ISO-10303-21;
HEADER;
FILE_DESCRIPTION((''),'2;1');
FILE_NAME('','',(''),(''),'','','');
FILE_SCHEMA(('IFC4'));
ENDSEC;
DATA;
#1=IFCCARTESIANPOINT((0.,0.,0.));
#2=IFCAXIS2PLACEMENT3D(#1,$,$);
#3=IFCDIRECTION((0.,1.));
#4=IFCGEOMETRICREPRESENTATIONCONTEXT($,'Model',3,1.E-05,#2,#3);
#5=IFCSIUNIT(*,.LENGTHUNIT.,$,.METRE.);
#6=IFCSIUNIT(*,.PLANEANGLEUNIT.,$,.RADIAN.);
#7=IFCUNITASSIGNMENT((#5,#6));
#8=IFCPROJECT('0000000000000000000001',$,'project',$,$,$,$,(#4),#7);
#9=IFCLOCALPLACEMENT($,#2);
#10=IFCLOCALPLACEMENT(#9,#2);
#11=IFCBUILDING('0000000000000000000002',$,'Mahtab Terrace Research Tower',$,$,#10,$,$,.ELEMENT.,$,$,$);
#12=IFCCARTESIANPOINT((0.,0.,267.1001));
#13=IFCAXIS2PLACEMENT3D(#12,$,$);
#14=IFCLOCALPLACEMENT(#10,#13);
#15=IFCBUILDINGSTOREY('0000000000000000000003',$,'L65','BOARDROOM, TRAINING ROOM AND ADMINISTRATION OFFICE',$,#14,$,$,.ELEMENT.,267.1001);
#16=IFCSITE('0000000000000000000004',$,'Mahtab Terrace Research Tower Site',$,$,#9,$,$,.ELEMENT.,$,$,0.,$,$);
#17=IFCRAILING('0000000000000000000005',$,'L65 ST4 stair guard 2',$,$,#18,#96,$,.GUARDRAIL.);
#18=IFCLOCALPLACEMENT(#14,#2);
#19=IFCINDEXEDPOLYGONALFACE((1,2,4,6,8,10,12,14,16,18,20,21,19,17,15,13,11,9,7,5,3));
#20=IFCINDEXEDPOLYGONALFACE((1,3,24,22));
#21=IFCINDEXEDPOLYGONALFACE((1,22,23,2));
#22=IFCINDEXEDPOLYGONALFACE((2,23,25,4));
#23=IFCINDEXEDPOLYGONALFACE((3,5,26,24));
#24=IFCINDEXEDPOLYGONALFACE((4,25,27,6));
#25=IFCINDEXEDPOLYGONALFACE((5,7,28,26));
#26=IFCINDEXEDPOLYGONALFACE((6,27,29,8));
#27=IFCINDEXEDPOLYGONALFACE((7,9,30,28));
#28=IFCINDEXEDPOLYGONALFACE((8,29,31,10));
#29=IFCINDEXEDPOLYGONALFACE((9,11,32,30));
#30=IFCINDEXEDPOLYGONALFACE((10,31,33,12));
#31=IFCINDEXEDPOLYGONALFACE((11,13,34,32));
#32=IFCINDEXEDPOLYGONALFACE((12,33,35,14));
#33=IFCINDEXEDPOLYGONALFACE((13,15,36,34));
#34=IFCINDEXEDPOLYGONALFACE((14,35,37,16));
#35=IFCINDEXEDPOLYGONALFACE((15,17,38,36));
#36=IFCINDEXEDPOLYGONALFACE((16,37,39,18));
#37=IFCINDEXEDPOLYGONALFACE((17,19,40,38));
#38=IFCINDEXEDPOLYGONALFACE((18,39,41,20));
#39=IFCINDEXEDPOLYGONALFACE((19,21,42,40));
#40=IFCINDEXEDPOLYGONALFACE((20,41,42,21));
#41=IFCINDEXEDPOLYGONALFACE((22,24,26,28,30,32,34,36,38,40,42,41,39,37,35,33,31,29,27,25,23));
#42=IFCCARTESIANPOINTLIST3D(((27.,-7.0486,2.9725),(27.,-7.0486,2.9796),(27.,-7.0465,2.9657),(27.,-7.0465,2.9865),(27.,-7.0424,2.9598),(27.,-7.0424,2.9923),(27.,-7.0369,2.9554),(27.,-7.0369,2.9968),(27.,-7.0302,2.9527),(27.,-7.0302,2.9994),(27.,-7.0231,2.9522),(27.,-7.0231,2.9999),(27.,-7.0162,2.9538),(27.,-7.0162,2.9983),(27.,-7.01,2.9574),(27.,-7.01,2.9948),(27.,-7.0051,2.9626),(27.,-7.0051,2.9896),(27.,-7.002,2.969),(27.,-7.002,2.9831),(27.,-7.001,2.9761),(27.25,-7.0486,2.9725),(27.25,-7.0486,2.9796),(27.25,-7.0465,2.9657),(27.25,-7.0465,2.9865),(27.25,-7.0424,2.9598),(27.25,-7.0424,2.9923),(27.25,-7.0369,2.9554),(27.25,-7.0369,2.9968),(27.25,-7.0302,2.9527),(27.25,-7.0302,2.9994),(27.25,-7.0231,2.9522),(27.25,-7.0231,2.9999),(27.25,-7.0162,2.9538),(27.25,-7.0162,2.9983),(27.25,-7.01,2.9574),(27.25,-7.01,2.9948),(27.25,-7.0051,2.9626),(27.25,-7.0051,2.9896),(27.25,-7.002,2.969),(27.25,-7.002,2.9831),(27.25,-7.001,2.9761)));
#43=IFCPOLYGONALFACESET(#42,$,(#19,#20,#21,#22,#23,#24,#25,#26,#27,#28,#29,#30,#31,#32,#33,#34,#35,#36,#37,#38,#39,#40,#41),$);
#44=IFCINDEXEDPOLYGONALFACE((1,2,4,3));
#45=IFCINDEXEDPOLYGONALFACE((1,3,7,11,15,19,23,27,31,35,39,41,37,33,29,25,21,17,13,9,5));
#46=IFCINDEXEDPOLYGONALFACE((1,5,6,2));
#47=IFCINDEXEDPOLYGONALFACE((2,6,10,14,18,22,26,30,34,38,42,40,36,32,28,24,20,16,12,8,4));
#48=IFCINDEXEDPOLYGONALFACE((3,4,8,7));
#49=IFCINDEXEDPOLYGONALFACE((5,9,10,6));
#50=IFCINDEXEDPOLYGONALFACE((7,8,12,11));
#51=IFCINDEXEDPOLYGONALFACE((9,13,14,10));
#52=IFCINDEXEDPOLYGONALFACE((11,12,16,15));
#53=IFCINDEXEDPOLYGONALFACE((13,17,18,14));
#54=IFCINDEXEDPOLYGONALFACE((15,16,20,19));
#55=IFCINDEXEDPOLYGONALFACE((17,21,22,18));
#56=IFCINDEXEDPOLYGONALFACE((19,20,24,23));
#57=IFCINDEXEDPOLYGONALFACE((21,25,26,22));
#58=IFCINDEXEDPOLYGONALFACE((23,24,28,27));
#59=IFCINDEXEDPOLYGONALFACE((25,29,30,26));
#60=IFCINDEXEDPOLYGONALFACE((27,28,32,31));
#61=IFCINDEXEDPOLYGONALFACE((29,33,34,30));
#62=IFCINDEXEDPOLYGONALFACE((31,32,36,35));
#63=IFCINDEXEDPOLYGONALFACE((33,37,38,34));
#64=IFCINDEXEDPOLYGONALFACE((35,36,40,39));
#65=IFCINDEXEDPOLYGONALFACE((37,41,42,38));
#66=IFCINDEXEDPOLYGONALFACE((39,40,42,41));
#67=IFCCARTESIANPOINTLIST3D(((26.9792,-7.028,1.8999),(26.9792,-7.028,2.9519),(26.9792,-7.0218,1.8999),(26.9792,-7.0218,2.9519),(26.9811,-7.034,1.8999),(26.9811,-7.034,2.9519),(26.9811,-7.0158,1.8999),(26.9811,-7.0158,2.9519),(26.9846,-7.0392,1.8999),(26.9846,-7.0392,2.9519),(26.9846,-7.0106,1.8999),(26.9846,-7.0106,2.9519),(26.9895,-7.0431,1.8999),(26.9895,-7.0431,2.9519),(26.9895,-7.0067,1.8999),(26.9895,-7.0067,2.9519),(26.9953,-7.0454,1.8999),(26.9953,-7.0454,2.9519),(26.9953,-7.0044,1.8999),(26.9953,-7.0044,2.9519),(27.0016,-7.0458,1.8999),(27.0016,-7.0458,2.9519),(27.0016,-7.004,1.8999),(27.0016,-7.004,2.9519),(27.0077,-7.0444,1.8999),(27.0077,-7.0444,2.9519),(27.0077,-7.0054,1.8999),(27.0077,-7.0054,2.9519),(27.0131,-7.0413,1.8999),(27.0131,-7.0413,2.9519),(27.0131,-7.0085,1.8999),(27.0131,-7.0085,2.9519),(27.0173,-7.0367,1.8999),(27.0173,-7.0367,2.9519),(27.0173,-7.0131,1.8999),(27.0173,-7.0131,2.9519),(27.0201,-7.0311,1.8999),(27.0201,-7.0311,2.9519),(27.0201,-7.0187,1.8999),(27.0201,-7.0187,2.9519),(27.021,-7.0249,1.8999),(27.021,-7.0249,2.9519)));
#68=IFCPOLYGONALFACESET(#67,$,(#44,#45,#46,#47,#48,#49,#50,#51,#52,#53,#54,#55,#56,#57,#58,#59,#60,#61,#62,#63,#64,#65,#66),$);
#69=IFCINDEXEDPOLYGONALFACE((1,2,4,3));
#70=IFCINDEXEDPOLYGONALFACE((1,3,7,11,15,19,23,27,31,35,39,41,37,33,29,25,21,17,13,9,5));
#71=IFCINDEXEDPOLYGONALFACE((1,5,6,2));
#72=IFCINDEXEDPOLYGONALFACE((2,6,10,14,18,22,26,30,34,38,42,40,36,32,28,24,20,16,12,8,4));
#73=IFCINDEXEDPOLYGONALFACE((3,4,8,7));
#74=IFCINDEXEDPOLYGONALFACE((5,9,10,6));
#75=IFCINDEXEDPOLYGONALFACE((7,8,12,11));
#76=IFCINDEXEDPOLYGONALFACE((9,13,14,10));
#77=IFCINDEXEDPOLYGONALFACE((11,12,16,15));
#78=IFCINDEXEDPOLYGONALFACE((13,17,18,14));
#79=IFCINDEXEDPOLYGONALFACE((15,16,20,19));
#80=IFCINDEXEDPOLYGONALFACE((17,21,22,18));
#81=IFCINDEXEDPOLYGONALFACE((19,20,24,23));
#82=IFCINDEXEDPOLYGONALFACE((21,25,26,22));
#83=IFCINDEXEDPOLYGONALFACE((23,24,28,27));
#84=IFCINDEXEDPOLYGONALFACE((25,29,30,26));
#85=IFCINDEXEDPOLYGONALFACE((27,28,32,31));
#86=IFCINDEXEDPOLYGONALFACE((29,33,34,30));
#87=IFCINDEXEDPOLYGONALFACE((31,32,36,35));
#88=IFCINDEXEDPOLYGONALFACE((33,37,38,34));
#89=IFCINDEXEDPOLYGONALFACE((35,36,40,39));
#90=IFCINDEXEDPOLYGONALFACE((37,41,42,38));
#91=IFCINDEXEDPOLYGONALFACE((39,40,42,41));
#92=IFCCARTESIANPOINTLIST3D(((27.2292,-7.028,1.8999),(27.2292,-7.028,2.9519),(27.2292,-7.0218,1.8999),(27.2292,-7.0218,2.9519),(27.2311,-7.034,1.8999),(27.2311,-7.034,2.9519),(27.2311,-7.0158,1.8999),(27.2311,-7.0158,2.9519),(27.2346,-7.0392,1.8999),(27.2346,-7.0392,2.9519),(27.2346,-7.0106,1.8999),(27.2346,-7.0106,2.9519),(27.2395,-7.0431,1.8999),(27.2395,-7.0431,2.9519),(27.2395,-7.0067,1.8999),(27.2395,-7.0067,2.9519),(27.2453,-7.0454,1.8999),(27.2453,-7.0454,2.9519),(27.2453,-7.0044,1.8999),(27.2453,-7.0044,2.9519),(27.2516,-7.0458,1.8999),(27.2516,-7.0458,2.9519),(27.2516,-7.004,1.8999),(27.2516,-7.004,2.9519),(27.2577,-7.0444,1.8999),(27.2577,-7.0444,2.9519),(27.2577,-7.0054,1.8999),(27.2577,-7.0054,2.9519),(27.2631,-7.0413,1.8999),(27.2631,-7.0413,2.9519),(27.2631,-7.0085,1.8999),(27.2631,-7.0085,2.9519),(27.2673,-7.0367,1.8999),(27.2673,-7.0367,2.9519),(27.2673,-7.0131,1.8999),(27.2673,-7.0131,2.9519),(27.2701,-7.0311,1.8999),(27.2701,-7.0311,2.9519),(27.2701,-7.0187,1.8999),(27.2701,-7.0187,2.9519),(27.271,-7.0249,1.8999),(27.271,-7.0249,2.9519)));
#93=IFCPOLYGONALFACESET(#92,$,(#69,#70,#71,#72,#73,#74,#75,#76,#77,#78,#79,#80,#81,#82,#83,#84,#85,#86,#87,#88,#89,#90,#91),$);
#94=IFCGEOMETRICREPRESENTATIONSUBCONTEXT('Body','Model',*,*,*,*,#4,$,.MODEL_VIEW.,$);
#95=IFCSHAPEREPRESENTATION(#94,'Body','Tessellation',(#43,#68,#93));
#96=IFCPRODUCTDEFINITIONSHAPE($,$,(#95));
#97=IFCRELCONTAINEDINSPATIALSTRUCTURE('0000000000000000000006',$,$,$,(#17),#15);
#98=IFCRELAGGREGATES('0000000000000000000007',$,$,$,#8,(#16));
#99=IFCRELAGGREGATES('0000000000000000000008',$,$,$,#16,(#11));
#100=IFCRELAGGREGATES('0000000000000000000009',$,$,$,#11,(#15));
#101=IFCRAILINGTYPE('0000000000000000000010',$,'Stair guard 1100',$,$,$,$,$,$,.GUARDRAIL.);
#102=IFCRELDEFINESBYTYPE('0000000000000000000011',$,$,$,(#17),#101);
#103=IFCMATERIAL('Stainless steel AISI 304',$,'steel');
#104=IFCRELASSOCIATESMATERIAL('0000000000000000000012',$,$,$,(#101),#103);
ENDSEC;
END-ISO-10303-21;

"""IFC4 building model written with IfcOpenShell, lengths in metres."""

from ifc_helpers import new_model, si_unit, direction, frame, origin, origin_2d, place, context, subcontext, project, spatial, circle, extrude, material, type_object, element, save


model = new_model("IFC4")

# Units and contexts
model_context = context("Model", 3, precision=1e-05, world=origin(), true_north=direction((0.0, 1.0)))
body_context = subcontext(model_context, "Body", "Model", "MODEL_VIEW")
ifc_project = project(units=[si_unit("LENGTHUNIT", "METRE"), si_unit("PLANEANGLEUNIT", "RADIAN")], contexts=[model_context])

# Site, building, storey
site_placement = place(None, origin())
site = spatial("IfcSite", under=ifc_project, at=site_placement, Name="Mahtab Terrace Research Tower Site", CompositionType="ELEMENT", RefElevation=0.0)
building_placement = place(site_placement, origin())
building = spatial("IfcBuilding", under=site, at=building_placement, Name="Mahtab Terrace Research Tower", CompositionType="ELEMENT")
storey_placement = place(building_placement, frame((0.0, 0.0, 267.1001)))
storey = spatial("IfcBuildingStorey", under=building, at=storey_placement, Name="L65", Description="BOARDROOM, TRAINING ROOM AND ADMINISTRATION OFFICE", CompositionType="ELEMENT", Elevation=267.1001)

# Railing
ifc_material_1 = material(Name="Stainless steel AISI 304", Category="steel")
railing_type_1 = type_object("IfcRailingType", Name="Stair guard 1100", PredefinedType="GUARDRAIL", material=ifc_material_1)
railing_1_placement = place(storey_placement, frame((27.0, -7.0249, 1.8999)))
element("IfcRailing", 1, at=railing_1_placement, inside=storey, type_object=railing_type_1, Name="L65 ST4 stair guard 2", PredefinedType="GUARDRAIL", context=body_context, shape_type="SweptSolid", body=[
    extrude(circle(Radius=0.0239, at=origin_2d()), frame((0.0, 0.0, 1.0762), z_axis=(1.0, 0.0, 0.0), x_axis=(0.0, 1.0, 0.0)), (0.0, 0.0, 1.0), 0.25),
    extrude(circle(Radius=0.021, at=origin_2d()), origin(), (0.0, 0.0, 1.0), 1.052),
    extrude(circle(Radius=0.021, at=origin_2d()), frame((0.25, 0.0, 0.0)), (0.0, 0.0, 1.0), 1.052),
])

save(model, "model.ifc")
